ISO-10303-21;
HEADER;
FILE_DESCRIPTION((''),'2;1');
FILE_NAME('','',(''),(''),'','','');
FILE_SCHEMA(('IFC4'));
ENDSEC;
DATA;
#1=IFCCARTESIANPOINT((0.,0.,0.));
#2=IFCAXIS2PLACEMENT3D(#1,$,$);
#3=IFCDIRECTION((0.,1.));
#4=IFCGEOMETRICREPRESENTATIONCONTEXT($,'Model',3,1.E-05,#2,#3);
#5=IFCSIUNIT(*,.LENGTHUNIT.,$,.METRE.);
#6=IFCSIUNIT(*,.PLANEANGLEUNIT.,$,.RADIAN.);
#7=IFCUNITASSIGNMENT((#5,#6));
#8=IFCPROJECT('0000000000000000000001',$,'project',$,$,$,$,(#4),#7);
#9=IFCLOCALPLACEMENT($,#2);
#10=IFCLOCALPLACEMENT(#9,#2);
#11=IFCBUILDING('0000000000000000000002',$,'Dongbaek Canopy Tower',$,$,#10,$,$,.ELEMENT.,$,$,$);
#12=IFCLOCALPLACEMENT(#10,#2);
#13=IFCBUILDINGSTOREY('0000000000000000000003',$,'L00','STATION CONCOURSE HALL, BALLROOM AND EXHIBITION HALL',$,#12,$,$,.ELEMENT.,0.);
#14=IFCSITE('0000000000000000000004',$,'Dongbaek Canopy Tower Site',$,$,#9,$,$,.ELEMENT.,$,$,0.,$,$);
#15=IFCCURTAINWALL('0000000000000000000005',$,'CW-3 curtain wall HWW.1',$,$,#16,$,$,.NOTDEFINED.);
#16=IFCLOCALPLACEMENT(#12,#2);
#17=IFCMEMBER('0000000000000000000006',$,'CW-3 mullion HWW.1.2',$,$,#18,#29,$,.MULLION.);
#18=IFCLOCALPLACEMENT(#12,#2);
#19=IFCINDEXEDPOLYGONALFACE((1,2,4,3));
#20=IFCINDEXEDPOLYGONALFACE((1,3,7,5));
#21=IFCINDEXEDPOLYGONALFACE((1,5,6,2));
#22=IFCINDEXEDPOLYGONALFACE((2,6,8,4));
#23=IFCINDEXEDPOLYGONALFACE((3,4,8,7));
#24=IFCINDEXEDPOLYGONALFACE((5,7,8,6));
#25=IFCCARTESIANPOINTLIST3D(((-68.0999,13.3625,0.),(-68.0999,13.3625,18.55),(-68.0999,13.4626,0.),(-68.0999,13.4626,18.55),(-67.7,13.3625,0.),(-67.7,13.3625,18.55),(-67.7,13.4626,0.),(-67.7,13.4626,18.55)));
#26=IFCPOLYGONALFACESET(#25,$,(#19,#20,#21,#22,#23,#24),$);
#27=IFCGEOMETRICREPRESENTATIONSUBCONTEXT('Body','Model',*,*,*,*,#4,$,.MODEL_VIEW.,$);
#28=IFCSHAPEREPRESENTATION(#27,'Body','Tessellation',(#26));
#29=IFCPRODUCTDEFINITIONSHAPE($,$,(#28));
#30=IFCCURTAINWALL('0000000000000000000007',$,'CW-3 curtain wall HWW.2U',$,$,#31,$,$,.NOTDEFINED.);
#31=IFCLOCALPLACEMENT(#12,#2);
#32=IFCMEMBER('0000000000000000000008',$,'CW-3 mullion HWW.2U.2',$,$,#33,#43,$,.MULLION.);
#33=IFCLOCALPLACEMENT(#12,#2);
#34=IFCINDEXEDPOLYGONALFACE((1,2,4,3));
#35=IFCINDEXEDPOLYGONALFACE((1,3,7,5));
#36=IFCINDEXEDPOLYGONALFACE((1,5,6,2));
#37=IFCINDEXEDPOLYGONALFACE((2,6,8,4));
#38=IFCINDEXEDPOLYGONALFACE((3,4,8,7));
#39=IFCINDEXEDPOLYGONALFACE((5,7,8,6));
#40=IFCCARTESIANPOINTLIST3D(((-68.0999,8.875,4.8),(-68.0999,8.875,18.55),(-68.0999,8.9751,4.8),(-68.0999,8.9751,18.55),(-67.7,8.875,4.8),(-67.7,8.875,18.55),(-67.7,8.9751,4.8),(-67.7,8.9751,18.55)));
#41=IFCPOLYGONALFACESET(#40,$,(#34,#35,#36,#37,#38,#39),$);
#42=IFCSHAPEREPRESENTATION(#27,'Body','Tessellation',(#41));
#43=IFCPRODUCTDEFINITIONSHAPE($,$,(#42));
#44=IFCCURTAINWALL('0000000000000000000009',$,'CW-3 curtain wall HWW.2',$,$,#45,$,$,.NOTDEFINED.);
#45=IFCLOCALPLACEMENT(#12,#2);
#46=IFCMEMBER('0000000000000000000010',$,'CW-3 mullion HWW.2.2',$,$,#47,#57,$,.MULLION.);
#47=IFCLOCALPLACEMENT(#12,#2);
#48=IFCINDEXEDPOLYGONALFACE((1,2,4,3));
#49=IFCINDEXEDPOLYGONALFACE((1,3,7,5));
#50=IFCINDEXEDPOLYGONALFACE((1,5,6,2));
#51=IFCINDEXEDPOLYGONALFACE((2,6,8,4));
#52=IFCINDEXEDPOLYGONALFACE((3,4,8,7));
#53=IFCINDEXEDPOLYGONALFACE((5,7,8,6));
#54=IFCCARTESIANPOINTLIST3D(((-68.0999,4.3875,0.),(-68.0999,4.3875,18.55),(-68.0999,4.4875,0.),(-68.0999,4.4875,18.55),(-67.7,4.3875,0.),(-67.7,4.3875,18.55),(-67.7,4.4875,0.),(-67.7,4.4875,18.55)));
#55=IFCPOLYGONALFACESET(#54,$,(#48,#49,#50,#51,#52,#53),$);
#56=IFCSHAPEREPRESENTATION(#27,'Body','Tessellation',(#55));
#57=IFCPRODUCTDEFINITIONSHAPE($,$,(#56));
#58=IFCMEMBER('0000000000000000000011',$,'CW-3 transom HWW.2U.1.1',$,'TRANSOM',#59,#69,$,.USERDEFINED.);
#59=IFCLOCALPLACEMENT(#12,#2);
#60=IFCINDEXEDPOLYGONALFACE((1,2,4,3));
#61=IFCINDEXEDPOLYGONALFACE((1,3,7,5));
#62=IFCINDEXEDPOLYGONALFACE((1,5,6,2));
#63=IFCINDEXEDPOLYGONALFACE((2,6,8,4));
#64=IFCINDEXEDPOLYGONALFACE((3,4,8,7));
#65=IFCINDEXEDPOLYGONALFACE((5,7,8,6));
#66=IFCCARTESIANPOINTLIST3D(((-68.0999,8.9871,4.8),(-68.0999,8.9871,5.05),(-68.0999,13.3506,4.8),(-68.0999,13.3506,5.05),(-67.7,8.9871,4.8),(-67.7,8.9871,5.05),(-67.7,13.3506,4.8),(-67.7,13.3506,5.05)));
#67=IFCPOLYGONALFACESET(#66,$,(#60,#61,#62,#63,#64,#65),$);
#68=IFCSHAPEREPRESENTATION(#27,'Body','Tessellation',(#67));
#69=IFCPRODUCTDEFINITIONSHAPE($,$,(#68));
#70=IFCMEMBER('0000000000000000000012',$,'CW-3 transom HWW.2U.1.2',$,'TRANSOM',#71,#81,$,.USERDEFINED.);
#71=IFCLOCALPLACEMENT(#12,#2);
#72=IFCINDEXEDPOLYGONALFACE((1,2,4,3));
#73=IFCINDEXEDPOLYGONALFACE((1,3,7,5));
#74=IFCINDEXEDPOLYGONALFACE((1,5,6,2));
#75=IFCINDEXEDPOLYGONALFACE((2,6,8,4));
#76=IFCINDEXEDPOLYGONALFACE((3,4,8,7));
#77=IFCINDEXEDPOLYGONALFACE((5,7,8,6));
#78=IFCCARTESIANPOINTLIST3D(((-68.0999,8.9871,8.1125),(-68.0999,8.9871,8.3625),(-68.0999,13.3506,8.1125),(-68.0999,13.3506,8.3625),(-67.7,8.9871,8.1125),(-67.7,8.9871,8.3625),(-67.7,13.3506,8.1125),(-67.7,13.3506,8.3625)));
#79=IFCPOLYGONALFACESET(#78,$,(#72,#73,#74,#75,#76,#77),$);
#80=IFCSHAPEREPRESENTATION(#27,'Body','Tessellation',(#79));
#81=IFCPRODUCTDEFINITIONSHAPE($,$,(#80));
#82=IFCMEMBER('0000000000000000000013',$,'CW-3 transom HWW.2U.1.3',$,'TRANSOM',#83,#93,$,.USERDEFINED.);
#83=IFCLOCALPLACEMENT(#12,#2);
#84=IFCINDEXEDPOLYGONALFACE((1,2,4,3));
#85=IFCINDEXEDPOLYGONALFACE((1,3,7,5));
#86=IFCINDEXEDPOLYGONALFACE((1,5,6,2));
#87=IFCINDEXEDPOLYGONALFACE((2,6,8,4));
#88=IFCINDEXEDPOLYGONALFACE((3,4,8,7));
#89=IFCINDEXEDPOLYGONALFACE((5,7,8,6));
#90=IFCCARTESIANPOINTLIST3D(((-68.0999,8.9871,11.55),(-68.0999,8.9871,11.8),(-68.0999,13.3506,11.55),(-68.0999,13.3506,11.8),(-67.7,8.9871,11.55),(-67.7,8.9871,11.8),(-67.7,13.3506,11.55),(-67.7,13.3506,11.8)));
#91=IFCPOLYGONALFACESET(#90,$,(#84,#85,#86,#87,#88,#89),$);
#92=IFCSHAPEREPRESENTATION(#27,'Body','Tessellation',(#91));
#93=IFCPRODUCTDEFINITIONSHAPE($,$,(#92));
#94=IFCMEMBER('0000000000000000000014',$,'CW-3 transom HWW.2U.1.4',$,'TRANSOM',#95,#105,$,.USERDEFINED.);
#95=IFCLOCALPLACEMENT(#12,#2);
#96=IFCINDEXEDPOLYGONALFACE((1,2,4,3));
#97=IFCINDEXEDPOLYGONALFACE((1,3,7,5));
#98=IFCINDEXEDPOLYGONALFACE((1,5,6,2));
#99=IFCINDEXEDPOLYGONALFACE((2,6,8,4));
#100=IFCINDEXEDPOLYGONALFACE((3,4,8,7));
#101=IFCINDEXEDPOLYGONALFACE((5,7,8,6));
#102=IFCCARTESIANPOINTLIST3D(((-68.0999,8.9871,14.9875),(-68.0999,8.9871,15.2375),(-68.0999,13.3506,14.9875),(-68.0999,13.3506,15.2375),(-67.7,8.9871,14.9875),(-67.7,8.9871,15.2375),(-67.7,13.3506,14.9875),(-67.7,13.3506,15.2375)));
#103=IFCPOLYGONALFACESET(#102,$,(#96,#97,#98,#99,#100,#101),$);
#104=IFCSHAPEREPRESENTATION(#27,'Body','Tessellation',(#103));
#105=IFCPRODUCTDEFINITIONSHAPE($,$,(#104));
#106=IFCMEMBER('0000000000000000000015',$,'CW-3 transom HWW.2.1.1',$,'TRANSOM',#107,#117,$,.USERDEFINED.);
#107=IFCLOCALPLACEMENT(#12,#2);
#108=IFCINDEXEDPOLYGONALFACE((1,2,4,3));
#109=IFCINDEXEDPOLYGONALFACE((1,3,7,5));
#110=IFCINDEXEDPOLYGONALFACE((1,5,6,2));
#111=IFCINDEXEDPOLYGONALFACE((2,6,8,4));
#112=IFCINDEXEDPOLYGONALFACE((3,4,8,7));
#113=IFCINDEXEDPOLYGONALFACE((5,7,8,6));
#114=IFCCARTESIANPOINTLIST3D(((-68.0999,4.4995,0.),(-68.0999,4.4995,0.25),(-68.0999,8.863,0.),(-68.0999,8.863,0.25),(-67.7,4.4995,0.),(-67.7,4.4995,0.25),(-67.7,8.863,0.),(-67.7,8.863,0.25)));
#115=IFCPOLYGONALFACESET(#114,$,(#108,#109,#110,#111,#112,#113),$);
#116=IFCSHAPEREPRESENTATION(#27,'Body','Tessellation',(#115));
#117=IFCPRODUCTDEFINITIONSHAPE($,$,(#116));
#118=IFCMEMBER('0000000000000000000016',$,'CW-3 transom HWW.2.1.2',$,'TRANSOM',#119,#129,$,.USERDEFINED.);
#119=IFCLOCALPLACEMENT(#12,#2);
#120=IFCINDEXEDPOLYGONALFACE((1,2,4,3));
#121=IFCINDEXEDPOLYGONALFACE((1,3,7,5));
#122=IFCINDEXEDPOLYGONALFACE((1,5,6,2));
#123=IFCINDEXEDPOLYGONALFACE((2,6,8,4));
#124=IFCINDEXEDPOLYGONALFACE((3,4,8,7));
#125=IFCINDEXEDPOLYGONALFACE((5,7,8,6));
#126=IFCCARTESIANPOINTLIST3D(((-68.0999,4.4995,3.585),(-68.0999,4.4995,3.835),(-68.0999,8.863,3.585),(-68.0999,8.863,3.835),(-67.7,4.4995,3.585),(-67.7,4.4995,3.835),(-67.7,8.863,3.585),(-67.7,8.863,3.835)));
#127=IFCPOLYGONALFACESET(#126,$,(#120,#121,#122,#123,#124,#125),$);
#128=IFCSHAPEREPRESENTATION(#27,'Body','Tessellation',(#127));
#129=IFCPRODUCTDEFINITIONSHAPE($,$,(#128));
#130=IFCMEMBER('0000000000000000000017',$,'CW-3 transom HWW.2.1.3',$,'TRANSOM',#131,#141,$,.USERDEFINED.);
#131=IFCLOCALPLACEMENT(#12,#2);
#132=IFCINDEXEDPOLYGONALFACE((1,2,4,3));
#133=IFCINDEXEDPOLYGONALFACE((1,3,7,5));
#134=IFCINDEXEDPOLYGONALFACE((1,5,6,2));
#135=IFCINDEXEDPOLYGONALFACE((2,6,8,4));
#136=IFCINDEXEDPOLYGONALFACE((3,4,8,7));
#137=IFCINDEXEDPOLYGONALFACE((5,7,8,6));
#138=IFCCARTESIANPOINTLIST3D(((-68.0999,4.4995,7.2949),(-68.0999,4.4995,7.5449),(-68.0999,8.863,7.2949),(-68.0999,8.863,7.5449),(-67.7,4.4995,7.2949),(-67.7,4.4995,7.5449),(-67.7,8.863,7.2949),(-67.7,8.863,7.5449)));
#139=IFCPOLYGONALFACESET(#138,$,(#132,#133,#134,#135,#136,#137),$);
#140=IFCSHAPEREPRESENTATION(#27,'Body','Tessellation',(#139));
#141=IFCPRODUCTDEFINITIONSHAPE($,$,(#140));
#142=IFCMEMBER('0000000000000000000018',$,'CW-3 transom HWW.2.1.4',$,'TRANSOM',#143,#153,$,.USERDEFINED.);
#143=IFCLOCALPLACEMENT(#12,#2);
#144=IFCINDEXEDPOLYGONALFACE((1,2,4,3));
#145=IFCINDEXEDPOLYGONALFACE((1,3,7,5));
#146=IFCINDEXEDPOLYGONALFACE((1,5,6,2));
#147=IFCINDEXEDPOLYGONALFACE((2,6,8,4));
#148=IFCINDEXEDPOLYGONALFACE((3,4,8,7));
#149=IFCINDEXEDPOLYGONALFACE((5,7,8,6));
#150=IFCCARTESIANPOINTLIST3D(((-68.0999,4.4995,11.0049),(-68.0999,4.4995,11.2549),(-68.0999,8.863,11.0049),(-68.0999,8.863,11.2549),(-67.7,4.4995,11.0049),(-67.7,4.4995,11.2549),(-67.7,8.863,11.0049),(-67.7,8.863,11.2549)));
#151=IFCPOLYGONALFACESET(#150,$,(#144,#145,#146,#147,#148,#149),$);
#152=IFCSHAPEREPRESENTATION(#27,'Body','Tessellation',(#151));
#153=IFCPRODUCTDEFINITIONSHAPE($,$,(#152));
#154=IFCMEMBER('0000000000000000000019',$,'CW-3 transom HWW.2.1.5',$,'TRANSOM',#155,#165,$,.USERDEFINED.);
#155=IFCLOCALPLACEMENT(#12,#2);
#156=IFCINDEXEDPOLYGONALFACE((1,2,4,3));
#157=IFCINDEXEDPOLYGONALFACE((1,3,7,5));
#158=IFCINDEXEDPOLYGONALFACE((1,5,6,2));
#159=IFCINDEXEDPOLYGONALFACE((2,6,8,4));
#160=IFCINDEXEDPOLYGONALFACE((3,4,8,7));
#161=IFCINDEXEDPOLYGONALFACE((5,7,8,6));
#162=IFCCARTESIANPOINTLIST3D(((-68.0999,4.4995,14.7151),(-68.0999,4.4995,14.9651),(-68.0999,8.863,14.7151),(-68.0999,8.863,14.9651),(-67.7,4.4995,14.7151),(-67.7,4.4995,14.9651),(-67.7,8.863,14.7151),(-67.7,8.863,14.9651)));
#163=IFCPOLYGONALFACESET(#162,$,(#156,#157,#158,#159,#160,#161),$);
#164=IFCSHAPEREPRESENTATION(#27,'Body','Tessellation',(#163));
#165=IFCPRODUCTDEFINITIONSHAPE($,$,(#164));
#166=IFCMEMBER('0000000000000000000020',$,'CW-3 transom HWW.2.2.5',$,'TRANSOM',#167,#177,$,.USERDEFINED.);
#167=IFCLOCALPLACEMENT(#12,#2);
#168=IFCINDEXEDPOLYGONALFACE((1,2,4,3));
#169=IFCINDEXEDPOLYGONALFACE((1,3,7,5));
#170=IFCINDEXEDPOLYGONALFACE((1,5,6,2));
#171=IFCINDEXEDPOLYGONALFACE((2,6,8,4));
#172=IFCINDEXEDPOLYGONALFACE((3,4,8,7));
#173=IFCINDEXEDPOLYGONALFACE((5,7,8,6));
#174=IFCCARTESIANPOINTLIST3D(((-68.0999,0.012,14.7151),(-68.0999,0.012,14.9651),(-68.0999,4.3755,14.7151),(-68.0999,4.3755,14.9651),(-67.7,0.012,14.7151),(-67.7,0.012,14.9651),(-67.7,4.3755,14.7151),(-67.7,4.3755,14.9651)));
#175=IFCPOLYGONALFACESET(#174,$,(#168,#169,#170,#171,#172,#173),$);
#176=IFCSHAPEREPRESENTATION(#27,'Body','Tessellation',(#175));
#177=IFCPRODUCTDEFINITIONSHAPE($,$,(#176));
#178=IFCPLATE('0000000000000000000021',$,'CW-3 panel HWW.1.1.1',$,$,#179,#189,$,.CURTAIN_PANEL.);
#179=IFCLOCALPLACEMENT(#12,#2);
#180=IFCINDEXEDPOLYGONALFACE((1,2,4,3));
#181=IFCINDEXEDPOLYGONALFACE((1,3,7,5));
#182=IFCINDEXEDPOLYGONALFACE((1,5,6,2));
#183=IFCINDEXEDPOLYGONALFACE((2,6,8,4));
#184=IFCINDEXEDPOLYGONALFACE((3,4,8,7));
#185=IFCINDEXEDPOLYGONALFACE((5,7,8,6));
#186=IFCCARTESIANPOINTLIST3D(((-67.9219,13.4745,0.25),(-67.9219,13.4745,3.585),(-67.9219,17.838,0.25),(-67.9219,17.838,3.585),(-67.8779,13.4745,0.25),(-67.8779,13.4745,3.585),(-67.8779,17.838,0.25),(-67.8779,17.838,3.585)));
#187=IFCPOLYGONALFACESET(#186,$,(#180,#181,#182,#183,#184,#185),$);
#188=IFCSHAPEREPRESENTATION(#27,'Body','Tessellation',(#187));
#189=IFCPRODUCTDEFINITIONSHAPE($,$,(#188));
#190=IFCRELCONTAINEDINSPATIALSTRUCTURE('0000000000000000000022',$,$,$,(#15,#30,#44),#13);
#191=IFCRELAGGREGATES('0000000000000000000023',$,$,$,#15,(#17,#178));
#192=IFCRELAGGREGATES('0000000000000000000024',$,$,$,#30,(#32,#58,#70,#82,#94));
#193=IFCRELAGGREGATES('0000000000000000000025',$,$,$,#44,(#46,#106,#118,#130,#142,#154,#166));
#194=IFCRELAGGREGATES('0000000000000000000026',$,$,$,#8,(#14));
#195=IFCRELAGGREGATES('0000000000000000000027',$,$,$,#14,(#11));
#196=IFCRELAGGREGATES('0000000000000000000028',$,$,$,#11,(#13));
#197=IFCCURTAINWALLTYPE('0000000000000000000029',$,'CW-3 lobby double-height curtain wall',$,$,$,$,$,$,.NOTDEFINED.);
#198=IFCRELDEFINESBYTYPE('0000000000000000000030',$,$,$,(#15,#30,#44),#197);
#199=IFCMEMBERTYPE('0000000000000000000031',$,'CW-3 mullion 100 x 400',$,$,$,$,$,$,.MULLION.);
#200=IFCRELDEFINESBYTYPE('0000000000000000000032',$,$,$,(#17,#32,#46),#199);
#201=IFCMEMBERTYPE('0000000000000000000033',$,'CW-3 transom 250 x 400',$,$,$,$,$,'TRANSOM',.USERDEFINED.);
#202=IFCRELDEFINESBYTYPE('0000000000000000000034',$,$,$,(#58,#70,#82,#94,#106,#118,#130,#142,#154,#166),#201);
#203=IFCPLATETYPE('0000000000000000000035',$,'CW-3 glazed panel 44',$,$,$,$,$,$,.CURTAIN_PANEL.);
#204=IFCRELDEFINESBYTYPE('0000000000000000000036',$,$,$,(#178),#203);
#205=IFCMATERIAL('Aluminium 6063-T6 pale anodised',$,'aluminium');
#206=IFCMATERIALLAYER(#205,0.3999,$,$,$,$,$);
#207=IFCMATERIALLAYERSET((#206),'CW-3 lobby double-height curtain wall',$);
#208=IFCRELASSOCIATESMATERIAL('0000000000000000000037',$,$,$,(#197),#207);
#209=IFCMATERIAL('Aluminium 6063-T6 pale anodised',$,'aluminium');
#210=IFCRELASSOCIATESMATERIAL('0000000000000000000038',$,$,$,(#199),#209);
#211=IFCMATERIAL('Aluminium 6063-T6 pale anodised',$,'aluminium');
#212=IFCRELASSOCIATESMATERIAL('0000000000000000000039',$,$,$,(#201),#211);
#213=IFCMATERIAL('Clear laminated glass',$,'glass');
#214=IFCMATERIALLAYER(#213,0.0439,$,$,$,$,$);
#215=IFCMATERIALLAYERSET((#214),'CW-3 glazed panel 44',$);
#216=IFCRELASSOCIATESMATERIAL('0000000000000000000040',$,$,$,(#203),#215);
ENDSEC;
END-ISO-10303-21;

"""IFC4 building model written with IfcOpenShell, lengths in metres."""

from ifc_helpers import new_model, si_unit, direction, frame, origin, origin_2d, place, context, subcontext, project, spatial, rectangle, extrude, material, layer, layer_set, material_profile, profile_set, type_object, element, aggregate, save


model = new_model("IFC4")

# Units and contexts
model_context = context("Model", 3, precision=1e-05, world=origin(), true_north=direction((0.0, 1.0)))
body_context = subcontext(model_context, "Body", "Model", "MODEL_VIEW")
ifc_project = project(units=[si_unit("LENGTHUNIT", "METRE"), si_unit("PLANEANGLEUNIT", "RADIAN")], contexts=[model_context])

# Site, building, storey
site_placement = place(None, origin())
site = spatial("IfcSite", under=ifc_project, at=site_placement, Name="Dongbaek Canopy Tower Site", CompositionType="ELEMENT", RefElevation=0.0)
building_placement = place(site_placement, origin())
building = spatial("IfcBuilding", under=site, at=building_placement, Name="Dongbaek Canopy Tower", CompositionType="ELEMENT")
storey_placement = place(building_placement, origin())
storey = spatial("IfcBuildingStorey", under=building, at=storey_placement, Name="L00", Description="STATION CONCOURSE HALL, BALLROOM AND EXHIBITION HALL", CompositionType="ELEMENT", Elevation=0.0)

# Curtain walls, members
ifc_material_1 = material(Name="Aluminium 6063-T6 pale anodised", Category="aluminium")
ifc_layer_1 = layer(ifc_material_1, 0.3999)
ifc_layer_set_1 = layer_set([ifc_layer_1], Name="CW-3 lobby double-height curtain wall")
curtain_wall_type = type_object("IfcCurtainWallType", Name="CW-3 lobby double-height curtain wall", PredefinedType="NOTDEFINED", material=ifc_layer_set_1)
curtain_wall_1_placement = place(storey_placement, origin())
curtain_wall_1 = element("IfcCurtainWall", 1, at=curtain_wall_1_placement, inside=storey, type_object=curtain_wall_type, Name="CW-3 curtain wall HWW.1", PredefinedType="NOTDEFINED")
ifc_material_2 = material(Name="Aluminium 6063-T6 pale anodised", Category="aluminium")
ifc_material_profile_1 = material_profile(ifc_material_2, rectangle(XDim=0.3999, YDim=0.1001, at=origin_2d()), Name="CW-3 mullion 100 x 400")
ifc_profile_set_1 = profile_set([ifc_material_profile_1], Name="Aluminium 6063-T6 pale anodised")
member_type_1 = type_object("IfcMemberType", Name="CW-3 mullion 100 x 400", PredefinedType="MULLION", material=ifc_profile_set_1)
member_1_placement = place(storey_placement, frame((-67.8999, 13.4126, 0.0), z_axis=(0.0, 0.0, 1.0), x_axis=(-1.0, 0.0, 0.0)))
member_1 = element("IfcMember", 2, at=member_1_placement, type_object=member_type_1, Name="CW-3 mullion HWW.1.2", PredefinedType="MULLION", context=body_context, shape_type="SweptSolid", body=[
    extrude(rectangle(XDim=0.3999, YDim=0.1001, at=origin_2d()), origin(), (0.0, 0.0, 1.0), 18.55),
])
curtain_wall_2_placement = place(storey_placement, origin())
curtain_wall_2 = element("IfcCurtainWall", 3, at=curtain_wall_2_placement, inside=storey, type_object=curtain_wall_type, Name="CW-3 curtain wall HWW.2U", PredefinedType="NOTDEFINED")
member_2_placement = place(storey_placement, frame((-67.8999, 8.925, 4.8), z_axis=(0.0, 0.0, 1.0), x_axis=(-1.0, 0.0, 0.0)))
member_2 = element("IfcMember", 4, at=member_2_placement, type_object=member_type_1, Name="CW-3 mullion HWW.2U.2", PredefinedType="MULLION", context=body_context, shape_type="SweptSolid", body=[
    extrude(rectangle(XDim=0.3999, YDim=0.1001, at=origin_2d()), origin(), (0.0, 0.0, 1.0), 13.75),
])
curtain_wall_3_placement = place(storey_placement, origin())
curtain_wall_3 = element("IfcCurtainWall", 5, at=curtain_wall_3_placement, inside=storey, type_object=curtain_wall_type, Name="CW-3 curtain wall HWW.2", PredefinedType="NOTDEFINED")
member_3_placement = place(storey_placement, frame((-67.8999, 4.4375, 0.0), z_axis=(0.0, 0.0, 1.0), x_axis=(-1.0, 0.0, 0.0)))
member_3 = element("IfcMember", 6, at=member_3_placement, type_object=member_type_1, Name="CW-3 mullion HWW.2.2", PredefinedType="MULLION", context=body_context, shape_type="SweptSolid", body=[
    extrude(rectangle(XDim=0.3999, YDim=0.1001, at=origin_2d()), origin(), (0.0, 0.0, 1.0), 18.55),
])

# Members
ifc_material_3 = material(Name="Aluminium 6063-T6 pale anodised", Category="aluminium")
ifc_material_profile_2 = material_profile(ifc_material_3, rectangle(XDim=0.3999, YDim=0.25, at=origin_2d()), Name="CW-3 transom 250 x 400")
ifc_profile_set_2 = profile_set([ifc_material_profile_2], Name="Aluminium 6063-T6 pale anodised")
member_type_2 = type_object("IfcMemberType", Name="CW-3 transom 250 x 400", ElementType="TRANSOM", PredefinedType="USERDEFINED", material=ifc_profile_set_2)
member_4_placement = place(storey_placement, frame((-67.8999, 13.3506, 4.925), z_axis=(0.0, -1.0, 0.0), x_axis=(1.0, 0.0, 0.0)))
member_4 = element("IfcMember", 7, at=member_4_placement, type_object=member_type_2, Name="CW-3 transom HWW.2U.1.1", ObjectType="TRANSOM", PredefinedType="USERDEFINED", context=body_context, shape_type="SweptSolid", body=[
    extrude(rectangle(XDim=0.3999, YDim=0.25, at=origin_2d()), origin(), (0.0, 0.0, 1.0), 4.3635),
])
member_5_placement = place(storey_placement, frame((-67.8999, 13.3506, 8.2375), z_axis=(0.0, -1.0, 0.0), x_axis=(1.0, 0.0, 0.0)))
member_5 = element("IfcMember", 8, at=member_5_placement, type_object=member_type_2, Name="CW-3 transom HWW.2U.1.2", ObjectType="TRANSOM", PredefinedType="USERDEFINED", context=body_context, shape_type="SweptSolid", body=[
    extrude(rectangle(XDim=0.3999, YDim=0.25, at=origin_2d()), origin(), (0.0, 0.0, 1.0), 4.3635),
])
member_6_placement = place(storey_placement, frame((-67.8999, 13.3506, 11.675), z_axis=(0.0, -1.0, 0.0), x_axis=(1.0, 0.0, 0.0)))
member_6 = element("IfcMember", 9, at=member_6_placement, type_object=member_type_2, Name="CW-3 transom HWW.2U.1.3", ObjectType="TRANSOM", PredefinedType="USERDEFINED", context=body_context, shape_type="SweptSolid", body=[
    extrude(rectangle(XDim=0.3999, YDim=0.25, at=origin_2d()), origin(), (0.0, 0.0, 1.0), 4.3635),
])
member_7_placement = place(storey_placement, frame((-67.8999, 13.3506, 15.1125), z_axis=(0.0, -1.0, 0.0), x_axis=(1.0, 0.0, 0.0)))
member_7 = element("IfcMember", 10, at=member_7_placement, type_object=member_type_2, Name="CW-3 transom HWW.2U.1.4", ObjectType="TRANSOM", PredefinedType="USERDEFINED", context=body_context, shape_type="SweptSolid", body=[
    extrude(rectangle(XDim=0.3999, YDim=0.25, at=origin_2d()), origin(), (0.0, 0.0, 1.0), 4.3635),
])
member_8_placement = place(storey_placement, frame((-67.8999, 8.863, 0.125), z_axis=(0.0, -1.0, 0.0), x_axis=(1.0, 0.0, 0.0)))
member_8 = element("IfcMember", 11, at=member_8_placement, type_object=member_type_2, Name="CW-3 transom HWW.2.1.1", ObjectType="TRANSOM", PredefinedType="USERDEFINED", context=body_context, shape_type="SweptSolid", body=[
    extrude(rectangle(XDim=0.3999, YDim=0.25, at=origin_2d()), origin(), (0.0, 0.0, 1.0), 4.3635),
])
member_9_placement = place(storey_placement, frame((-67.8999, 8.863, 3.71), z_axis=(0.0, -1.0, 0.0), x_axis=(1.0, 0.0, 0.0)))
member_9 = element("IfcMember", 12, at=member_9_placement, type_object=member_type_2, Name="CW-3 transom HWW.2.1.2", ObjectType="TRANSOM", PredefinedType="USERDEFINED", context=body_context, shape_type="SweptSolid", body=[
    extrude(rectangle(XDim=0.3999, YDim=0.25, at=origin_2d()), origin(), (0.0, 0.0, 1.0), 4.3635),
])
member_10_placement = place(storey_placement, frame((-67.8999, 8.863, 7.4199), z_axis=(0.0, -1.0, 0.0), x_axis=(1.0, 0.0, 0.0)))
member_10 = element("IfcMember", 13, at=member_10_placement, type_object=member_type_2, Name="CW-3 transom HWW.2.1.3", ObjectType="TRANSOM", PredefinedType="USERDEFINED", context=body_context, shape_type="SweptSolid", body=[
    extrude(rectangle(XDim=0.3999, YDim=0.25, at=origin_2d()), origin(), (0.0, 0.0, 1.0), 4.3635),
])
member_11_placement = place(storey_placement, frame((-67.8999, 8.863, 11.1299), z_axis=(0.0, -1.0, 0.0), x_axis=(1.0, 0.0, 0.0)))
member_11 = element("IfcMember", 14, at=member_11_placement, type_object=member_type_2, Name="CW-3 transom HWW.2.1.4", ObjectType="TRANSOM", PredefinedType="USERDEFINED", context=body_context, shape_type="SweptSolid", body=[
    extrude(rectangle(XDim=0.3999, YDim=0.25, at=origin_2d()), origin(), (0.0, 0.0, 1.0), 4.3635),
])
member_12_placement = place(storey_placement, frame((-67.8999, 8.863, 14.8401), z_axis=(0.0, -1.0, 0.0), x_axis=(1.0, 0.0, 0.0)))
member_12 = element("IfcMember", 15, at=member_12_placement, type_object=member_type_2, Name="CW-3 transom HWW.2.1.5", ObjectType="TRANSOM", PredefinedType="USERDEFINED", context=body_context, shape_type="SweptSolid", body=[
    extrude(rectangle(XDim=0.3999, YDim=0.25, at=origin_2d()), origin(), (0.0, 0.0, 1.0), 4.3635),
])
member_13_placement = place(storey_placement, frame((-67.8999, 4.3755, 14.8401), z_axis=(0.0, -1.0, 0.0), x_axis=(1.0, 0.0, 0.0)))
member_13 = element("IfcMember", 16, at=member_13_placement, type_object=member_type_2, Name="CW-3 transom HWW.2.2.5", ObjectType="TRANSOM", PredefinedType="USERDEFINED", context=body_context, shape_type="SweptSolid", body=[
    extrude(rectangle(XDim=0.3999, YDim=0.25, at=origin_2d()), origin(), (0.0, 0.0, 1.0), 4.3635),
])

# Plate
ifc_material_4 = material(Name="Clear laminated glass", Category="glass")
ifc_layer_2 = layer(ifc_material_4, 0.0439)
ifc_layer_set_2 = layer_set([ifc_layer_2], Name="CW-3 glazed panel 44")
plate_type = type_object("IfcPlateType", Name="CW-3 glazed panel 44", PredefinedType="CURTAIN_PANEL", material=ifc_layer_set_2)
plate_1_placement = place(storey_placement, frame((-67.8999, 15.6562, 0.25), z_axis=(0.0, 0.0, 1.0), x_axis=(0.0, -1.0, 0.0)))
plate_1 = element("IfcPlate", 17, at=plate_1_placement, type_object=plate_type, Name="CW-3 panel HWW.1.1.1", PredefinedType="CURTAIN_PANEL", context=body_context, shape_type="SweptSolid", body=[
    extrude(rectangle(XDim=4.3635, YDim=0.0439, at=origin_2d()), origin(), (0.0, 0.0, 1.0), 3.335),
])
aggregate(curtain_wall_1, [member_1, plate_1])
aggregate(curtain_wall_2, [member_2, member_4, member_5, member_6, member_7])
aggregate(curtain_wall_3, [member_3, member_8, member_9, member_10, member_11, member_12, member_13])

save(model, "model.ifc")
